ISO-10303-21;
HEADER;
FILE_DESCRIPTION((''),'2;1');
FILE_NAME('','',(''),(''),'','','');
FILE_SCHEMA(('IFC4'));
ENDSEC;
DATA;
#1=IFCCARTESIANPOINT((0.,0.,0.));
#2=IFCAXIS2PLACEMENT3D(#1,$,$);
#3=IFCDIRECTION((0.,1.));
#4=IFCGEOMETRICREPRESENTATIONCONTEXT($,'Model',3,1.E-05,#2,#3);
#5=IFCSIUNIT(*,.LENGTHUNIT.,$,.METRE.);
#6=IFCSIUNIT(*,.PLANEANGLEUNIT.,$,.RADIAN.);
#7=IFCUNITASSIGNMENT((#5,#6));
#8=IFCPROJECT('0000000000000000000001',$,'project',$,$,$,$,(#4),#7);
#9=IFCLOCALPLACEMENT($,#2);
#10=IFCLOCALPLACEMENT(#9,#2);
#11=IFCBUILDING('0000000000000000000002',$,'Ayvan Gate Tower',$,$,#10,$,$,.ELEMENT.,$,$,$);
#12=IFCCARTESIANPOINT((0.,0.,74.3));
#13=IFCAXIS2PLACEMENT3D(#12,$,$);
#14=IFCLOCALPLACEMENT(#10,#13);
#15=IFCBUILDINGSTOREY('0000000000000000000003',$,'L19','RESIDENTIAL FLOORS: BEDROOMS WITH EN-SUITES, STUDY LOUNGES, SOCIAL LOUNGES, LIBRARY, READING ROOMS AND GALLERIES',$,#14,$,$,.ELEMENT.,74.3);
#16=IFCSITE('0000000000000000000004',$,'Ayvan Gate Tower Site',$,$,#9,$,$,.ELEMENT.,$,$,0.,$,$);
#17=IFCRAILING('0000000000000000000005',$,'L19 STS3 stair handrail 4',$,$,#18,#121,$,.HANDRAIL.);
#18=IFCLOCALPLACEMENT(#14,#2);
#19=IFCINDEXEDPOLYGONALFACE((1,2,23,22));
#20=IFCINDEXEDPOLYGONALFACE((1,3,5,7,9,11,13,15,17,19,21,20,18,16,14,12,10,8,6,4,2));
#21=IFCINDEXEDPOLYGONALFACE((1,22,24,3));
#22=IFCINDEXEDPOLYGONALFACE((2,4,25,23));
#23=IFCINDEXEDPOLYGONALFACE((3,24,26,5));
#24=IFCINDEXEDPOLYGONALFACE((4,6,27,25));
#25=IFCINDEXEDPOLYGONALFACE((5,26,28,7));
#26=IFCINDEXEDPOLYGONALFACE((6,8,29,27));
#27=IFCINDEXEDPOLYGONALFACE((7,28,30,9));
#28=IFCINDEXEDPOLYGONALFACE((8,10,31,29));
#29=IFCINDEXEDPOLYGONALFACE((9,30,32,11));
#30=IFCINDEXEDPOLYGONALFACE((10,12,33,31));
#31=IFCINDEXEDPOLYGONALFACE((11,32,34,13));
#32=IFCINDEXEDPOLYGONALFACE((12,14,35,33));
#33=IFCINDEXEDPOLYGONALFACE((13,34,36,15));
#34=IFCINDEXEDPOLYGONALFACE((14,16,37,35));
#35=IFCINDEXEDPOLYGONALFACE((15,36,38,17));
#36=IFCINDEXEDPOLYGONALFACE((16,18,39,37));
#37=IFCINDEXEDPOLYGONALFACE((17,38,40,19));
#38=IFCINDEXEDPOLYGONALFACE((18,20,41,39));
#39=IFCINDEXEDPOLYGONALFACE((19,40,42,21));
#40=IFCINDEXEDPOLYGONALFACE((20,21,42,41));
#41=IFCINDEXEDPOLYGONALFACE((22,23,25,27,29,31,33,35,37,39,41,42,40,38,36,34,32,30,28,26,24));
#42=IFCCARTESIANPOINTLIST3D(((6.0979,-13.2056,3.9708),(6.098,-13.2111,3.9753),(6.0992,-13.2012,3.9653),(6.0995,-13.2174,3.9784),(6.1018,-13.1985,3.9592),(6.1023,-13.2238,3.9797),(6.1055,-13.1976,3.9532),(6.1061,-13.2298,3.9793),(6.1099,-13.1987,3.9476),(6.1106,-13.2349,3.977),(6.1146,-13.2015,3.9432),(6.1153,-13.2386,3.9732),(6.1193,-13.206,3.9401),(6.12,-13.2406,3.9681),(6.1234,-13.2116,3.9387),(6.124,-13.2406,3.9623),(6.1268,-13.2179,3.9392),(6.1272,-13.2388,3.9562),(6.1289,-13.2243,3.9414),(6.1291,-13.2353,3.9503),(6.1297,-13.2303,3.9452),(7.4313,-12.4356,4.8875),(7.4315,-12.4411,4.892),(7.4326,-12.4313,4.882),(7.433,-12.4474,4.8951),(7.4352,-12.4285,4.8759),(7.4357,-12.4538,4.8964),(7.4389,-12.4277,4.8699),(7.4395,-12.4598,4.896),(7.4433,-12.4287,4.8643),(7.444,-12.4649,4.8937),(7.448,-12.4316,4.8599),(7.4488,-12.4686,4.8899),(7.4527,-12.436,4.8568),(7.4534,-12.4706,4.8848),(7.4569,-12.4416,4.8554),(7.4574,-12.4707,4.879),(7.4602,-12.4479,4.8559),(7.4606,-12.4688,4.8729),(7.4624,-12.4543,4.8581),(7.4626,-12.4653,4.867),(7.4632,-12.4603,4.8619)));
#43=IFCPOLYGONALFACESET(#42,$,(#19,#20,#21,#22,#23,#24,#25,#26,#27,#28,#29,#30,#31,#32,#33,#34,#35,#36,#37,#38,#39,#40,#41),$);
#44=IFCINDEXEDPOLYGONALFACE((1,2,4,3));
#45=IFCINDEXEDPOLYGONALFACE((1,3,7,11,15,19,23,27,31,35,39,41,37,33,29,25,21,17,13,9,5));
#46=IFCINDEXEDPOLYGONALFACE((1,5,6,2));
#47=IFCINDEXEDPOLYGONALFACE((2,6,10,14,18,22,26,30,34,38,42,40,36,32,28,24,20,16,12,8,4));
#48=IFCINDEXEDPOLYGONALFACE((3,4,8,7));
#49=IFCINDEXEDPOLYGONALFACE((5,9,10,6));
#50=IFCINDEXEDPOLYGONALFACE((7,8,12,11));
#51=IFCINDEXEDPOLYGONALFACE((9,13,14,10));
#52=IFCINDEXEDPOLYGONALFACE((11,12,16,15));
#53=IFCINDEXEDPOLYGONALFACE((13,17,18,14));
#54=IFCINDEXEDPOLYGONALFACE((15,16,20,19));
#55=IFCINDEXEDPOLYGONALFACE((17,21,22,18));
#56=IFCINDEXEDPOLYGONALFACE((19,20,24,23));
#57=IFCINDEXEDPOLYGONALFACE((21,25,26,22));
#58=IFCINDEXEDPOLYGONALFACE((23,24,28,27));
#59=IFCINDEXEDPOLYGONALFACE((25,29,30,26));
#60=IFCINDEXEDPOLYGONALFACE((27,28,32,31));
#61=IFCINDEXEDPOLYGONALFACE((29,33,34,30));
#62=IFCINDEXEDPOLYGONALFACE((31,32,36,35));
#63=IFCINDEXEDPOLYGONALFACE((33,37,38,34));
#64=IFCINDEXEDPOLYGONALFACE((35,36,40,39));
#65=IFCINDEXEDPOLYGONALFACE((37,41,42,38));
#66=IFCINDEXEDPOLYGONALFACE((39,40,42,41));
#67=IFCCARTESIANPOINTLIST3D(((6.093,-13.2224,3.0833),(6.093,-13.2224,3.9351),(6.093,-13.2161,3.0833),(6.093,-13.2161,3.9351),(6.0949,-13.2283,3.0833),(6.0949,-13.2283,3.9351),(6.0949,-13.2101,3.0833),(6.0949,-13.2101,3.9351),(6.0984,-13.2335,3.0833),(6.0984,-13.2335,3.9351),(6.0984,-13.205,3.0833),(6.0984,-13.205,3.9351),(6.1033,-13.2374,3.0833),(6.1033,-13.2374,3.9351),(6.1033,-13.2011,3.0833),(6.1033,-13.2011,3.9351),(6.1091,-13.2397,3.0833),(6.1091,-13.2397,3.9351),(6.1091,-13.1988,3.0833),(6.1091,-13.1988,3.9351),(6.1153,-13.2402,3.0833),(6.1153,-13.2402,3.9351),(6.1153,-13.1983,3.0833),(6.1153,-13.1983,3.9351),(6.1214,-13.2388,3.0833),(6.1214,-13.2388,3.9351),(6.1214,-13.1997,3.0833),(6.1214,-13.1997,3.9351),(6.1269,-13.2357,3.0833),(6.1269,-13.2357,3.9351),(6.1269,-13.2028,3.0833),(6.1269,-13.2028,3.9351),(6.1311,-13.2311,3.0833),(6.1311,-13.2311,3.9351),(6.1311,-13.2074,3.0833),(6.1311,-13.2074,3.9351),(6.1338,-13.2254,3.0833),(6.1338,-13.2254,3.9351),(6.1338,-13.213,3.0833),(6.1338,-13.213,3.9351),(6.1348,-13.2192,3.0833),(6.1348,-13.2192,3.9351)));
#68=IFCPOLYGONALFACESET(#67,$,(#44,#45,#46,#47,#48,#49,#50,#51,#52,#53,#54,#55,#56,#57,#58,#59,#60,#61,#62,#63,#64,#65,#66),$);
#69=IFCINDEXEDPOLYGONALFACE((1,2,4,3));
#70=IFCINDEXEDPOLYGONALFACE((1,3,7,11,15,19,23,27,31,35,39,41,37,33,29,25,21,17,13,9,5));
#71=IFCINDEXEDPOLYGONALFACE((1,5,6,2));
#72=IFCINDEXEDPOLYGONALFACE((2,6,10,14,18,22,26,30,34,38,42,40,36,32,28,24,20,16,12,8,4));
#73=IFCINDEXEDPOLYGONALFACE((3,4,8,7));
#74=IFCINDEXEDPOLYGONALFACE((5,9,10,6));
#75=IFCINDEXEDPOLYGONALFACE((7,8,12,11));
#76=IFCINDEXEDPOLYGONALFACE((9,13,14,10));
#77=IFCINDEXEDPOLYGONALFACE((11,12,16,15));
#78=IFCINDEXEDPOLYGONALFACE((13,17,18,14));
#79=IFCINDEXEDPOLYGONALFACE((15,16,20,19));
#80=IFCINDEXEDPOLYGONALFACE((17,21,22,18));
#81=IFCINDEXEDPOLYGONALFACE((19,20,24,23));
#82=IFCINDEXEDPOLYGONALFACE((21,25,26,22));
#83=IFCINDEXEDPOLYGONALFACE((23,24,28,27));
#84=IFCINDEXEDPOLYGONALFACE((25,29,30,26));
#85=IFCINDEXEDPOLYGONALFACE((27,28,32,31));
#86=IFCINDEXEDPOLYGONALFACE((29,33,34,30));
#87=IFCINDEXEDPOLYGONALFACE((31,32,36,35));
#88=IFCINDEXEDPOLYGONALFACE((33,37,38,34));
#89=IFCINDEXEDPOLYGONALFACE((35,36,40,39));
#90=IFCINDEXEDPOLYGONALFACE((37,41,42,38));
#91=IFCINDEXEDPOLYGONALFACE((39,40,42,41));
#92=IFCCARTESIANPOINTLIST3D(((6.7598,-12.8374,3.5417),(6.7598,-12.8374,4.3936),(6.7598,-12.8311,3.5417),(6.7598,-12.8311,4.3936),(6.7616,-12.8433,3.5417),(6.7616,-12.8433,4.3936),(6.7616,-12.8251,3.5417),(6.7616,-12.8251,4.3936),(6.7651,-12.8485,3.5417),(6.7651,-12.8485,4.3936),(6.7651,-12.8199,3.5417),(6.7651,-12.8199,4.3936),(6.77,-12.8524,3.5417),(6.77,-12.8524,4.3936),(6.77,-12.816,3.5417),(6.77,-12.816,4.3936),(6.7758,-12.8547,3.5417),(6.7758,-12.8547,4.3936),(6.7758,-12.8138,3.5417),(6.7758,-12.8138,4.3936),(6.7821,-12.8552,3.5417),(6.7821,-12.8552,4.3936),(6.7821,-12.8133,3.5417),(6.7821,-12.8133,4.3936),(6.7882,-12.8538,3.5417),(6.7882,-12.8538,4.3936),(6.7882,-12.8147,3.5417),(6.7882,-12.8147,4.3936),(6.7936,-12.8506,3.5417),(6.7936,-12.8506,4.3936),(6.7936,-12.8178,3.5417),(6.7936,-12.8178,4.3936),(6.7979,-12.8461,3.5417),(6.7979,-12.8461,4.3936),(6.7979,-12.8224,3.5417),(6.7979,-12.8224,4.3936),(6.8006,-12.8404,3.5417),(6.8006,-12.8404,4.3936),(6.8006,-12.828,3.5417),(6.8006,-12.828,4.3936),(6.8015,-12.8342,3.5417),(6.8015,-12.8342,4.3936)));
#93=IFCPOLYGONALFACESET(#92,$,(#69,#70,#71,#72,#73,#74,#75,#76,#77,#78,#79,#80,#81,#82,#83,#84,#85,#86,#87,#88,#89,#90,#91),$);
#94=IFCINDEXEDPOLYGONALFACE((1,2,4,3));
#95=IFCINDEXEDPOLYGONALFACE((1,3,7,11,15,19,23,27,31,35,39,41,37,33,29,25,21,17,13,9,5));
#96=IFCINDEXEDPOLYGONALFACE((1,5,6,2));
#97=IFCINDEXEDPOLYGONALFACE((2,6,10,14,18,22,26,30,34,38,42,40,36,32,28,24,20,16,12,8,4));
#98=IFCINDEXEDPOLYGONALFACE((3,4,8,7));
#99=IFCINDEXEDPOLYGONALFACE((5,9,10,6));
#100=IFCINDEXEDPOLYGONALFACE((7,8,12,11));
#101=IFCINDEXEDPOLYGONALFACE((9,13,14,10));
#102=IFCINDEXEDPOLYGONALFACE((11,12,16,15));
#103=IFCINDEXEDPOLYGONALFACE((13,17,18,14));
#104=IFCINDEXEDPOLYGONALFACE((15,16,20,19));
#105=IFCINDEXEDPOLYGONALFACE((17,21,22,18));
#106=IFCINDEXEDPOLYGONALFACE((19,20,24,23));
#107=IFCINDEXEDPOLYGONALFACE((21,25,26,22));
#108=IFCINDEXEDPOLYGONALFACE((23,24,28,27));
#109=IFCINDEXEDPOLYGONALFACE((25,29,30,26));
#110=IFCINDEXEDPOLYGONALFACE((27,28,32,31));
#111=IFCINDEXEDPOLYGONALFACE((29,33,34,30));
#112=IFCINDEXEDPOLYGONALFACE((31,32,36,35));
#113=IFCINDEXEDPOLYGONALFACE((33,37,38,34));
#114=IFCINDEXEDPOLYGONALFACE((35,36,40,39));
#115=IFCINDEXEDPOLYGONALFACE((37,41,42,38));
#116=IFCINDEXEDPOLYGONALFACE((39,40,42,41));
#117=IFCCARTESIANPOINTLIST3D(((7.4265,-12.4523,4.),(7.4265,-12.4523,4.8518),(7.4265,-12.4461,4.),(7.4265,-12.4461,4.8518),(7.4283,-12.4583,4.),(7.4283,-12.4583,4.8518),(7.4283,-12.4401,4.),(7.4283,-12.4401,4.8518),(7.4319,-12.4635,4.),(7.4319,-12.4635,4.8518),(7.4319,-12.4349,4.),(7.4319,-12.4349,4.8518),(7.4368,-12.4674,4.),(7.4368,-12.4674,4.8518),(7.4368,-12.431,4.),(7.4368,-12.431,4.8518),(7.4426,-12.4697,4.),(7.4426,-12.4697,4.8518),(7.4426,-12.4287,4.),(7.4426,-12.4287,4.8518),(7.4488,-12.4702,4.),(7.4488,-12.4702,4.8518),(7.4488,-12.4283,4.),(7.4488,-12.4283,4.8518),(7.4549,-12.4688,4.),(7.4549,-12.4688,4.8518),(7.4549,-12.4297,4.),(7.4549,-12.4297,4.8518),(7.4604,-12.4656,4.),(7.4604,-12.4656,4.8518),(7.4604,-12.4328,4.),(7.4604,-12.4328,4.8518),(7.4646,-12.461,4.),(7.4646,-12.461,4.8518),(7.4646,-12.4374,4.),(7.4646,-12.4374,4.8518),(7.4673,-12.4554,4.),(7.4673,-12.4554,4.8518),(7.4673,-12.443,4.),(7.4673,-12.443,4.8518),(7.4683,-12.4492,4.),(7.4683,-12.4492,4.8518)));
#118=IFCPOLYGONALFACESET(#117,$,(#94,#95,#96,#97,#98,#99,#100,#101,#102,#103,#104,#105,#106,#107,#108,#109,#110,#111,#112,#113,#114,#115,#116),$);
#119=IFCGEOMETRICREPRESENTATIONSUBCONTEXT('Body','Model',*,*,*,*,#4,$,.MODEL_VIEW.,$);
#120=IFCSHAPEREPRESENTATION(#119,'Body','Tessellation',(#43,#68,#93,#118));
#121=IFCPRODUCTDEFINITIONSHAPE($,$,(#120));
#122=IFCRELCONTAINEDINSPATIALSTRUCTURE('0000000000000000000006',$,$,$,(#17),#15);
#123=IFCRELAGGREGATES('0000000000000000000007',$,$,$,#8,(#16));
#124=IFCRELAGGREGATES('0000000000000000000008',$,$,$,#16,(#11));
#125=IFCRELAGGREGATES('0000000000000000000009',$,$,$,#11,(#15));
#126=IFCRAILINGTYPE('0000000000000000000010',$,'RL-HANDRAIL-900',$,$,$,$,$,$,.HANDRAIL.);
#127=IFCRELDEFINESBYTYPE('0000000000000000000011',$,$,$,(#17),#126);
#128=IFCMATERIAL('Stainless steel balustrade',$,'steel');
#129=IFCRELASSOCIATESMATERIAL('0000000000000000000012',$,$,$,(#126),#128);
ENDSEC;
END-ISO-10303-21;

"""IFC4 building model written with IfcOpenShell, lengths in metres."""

from ifc_helpers import new_model, si_unit, direction, frame, origin, origin_2d, place, context, subcontext, project, spatial, circle, extrude, material, type_object, element, save


model = new_model("IFC4")

# Units and contexts
model_context = context("Model", 3, precision=1e-05, world=origin(), true_north=direction((0.0, 1.0)))
body_context = subcontext(model_context, "Body", "Model", "MODEL_VIEW")
ifc_project = project(units=[si_unit("LENGTHUNIT", "METRE"), si_unit("PLANEANGLEUNIT", "RADIAN")], contexts=[model_context])

# Site, building, storey
site_placement = place(None, origin())
site = spatial("IfcSite", under=ifc_project, at=site_placement, Name="Ayvan Gate Tower Site", CompositionType="ELEMENT", RefElevation=0.0)
building_placement = place(site_placement, origin())
building = spatial("IfcBuilding", under=site, at=building_placement, Name="Ayvan Gate Tower", CompositionType="ELEMENT")
storey_placement = place(building_placement, frame((0.0, 0.0, 74.3)))
storey = spatial("IfcBuildingStorey", under=building, at=storey_placement, Name="L19", Description="RESIDENTIAL FLOORS: BEDROOMS WITH EN-SUITES, STUDY LOUNGES, SOCIAL LOUNGES, LIBRARY, READING ROOMS AND GALLERIES", CompositionType="ELEMENT", Elevation=74.3)

# Railing
ifc_material_1 = material(Name="Stainless steel balustrade", Category="steel")
railing_type_1 = type_object("IfcRailingType", Name="RL-HANDRAIL-900", PredefinedType="HANDRAIL", material=ifc_material_1)
railing_1_placement = place(storey_placement, frame((6.1138, -13.2192, 3.0833)))
element("IfcRailing", 1, at=railing_1_placement, inside=storey, type_object=railing_type_1, Name="L19 STS3 stair handrail 4", PredefinedType="HANDRAIL", context=body_context, shape_type="SweptSolid", body=[
    extrude(circle(Radius=0.0239, at=origin_2d()), frame((0.0, 0.0, 0.876), z_axis=(0.744103, 0.429678, 0.511554), x_axis=(-0.500061, 0.86599, 0.0)), (0.0, 0.0, 1.0), 1.792),
    extrude(circle(Radius=0.021, at=origin_2d()), origin(), (0.0, 0.0, 1.0), 0.8518),
    extrude(circle(Radius=0.021, at=origin_2d()), frame((0.6667, 0.385, 0.4585)), (0.0, 0.0, 1.0), 0.8518),
    extrude(circle(Radius=0.021, at=origin_2d()), frame((1.3335, 0.77, 0.9167)), (0.0, 0.0, 1.0), 0.8518),
])

save(model, "model.ifc")
